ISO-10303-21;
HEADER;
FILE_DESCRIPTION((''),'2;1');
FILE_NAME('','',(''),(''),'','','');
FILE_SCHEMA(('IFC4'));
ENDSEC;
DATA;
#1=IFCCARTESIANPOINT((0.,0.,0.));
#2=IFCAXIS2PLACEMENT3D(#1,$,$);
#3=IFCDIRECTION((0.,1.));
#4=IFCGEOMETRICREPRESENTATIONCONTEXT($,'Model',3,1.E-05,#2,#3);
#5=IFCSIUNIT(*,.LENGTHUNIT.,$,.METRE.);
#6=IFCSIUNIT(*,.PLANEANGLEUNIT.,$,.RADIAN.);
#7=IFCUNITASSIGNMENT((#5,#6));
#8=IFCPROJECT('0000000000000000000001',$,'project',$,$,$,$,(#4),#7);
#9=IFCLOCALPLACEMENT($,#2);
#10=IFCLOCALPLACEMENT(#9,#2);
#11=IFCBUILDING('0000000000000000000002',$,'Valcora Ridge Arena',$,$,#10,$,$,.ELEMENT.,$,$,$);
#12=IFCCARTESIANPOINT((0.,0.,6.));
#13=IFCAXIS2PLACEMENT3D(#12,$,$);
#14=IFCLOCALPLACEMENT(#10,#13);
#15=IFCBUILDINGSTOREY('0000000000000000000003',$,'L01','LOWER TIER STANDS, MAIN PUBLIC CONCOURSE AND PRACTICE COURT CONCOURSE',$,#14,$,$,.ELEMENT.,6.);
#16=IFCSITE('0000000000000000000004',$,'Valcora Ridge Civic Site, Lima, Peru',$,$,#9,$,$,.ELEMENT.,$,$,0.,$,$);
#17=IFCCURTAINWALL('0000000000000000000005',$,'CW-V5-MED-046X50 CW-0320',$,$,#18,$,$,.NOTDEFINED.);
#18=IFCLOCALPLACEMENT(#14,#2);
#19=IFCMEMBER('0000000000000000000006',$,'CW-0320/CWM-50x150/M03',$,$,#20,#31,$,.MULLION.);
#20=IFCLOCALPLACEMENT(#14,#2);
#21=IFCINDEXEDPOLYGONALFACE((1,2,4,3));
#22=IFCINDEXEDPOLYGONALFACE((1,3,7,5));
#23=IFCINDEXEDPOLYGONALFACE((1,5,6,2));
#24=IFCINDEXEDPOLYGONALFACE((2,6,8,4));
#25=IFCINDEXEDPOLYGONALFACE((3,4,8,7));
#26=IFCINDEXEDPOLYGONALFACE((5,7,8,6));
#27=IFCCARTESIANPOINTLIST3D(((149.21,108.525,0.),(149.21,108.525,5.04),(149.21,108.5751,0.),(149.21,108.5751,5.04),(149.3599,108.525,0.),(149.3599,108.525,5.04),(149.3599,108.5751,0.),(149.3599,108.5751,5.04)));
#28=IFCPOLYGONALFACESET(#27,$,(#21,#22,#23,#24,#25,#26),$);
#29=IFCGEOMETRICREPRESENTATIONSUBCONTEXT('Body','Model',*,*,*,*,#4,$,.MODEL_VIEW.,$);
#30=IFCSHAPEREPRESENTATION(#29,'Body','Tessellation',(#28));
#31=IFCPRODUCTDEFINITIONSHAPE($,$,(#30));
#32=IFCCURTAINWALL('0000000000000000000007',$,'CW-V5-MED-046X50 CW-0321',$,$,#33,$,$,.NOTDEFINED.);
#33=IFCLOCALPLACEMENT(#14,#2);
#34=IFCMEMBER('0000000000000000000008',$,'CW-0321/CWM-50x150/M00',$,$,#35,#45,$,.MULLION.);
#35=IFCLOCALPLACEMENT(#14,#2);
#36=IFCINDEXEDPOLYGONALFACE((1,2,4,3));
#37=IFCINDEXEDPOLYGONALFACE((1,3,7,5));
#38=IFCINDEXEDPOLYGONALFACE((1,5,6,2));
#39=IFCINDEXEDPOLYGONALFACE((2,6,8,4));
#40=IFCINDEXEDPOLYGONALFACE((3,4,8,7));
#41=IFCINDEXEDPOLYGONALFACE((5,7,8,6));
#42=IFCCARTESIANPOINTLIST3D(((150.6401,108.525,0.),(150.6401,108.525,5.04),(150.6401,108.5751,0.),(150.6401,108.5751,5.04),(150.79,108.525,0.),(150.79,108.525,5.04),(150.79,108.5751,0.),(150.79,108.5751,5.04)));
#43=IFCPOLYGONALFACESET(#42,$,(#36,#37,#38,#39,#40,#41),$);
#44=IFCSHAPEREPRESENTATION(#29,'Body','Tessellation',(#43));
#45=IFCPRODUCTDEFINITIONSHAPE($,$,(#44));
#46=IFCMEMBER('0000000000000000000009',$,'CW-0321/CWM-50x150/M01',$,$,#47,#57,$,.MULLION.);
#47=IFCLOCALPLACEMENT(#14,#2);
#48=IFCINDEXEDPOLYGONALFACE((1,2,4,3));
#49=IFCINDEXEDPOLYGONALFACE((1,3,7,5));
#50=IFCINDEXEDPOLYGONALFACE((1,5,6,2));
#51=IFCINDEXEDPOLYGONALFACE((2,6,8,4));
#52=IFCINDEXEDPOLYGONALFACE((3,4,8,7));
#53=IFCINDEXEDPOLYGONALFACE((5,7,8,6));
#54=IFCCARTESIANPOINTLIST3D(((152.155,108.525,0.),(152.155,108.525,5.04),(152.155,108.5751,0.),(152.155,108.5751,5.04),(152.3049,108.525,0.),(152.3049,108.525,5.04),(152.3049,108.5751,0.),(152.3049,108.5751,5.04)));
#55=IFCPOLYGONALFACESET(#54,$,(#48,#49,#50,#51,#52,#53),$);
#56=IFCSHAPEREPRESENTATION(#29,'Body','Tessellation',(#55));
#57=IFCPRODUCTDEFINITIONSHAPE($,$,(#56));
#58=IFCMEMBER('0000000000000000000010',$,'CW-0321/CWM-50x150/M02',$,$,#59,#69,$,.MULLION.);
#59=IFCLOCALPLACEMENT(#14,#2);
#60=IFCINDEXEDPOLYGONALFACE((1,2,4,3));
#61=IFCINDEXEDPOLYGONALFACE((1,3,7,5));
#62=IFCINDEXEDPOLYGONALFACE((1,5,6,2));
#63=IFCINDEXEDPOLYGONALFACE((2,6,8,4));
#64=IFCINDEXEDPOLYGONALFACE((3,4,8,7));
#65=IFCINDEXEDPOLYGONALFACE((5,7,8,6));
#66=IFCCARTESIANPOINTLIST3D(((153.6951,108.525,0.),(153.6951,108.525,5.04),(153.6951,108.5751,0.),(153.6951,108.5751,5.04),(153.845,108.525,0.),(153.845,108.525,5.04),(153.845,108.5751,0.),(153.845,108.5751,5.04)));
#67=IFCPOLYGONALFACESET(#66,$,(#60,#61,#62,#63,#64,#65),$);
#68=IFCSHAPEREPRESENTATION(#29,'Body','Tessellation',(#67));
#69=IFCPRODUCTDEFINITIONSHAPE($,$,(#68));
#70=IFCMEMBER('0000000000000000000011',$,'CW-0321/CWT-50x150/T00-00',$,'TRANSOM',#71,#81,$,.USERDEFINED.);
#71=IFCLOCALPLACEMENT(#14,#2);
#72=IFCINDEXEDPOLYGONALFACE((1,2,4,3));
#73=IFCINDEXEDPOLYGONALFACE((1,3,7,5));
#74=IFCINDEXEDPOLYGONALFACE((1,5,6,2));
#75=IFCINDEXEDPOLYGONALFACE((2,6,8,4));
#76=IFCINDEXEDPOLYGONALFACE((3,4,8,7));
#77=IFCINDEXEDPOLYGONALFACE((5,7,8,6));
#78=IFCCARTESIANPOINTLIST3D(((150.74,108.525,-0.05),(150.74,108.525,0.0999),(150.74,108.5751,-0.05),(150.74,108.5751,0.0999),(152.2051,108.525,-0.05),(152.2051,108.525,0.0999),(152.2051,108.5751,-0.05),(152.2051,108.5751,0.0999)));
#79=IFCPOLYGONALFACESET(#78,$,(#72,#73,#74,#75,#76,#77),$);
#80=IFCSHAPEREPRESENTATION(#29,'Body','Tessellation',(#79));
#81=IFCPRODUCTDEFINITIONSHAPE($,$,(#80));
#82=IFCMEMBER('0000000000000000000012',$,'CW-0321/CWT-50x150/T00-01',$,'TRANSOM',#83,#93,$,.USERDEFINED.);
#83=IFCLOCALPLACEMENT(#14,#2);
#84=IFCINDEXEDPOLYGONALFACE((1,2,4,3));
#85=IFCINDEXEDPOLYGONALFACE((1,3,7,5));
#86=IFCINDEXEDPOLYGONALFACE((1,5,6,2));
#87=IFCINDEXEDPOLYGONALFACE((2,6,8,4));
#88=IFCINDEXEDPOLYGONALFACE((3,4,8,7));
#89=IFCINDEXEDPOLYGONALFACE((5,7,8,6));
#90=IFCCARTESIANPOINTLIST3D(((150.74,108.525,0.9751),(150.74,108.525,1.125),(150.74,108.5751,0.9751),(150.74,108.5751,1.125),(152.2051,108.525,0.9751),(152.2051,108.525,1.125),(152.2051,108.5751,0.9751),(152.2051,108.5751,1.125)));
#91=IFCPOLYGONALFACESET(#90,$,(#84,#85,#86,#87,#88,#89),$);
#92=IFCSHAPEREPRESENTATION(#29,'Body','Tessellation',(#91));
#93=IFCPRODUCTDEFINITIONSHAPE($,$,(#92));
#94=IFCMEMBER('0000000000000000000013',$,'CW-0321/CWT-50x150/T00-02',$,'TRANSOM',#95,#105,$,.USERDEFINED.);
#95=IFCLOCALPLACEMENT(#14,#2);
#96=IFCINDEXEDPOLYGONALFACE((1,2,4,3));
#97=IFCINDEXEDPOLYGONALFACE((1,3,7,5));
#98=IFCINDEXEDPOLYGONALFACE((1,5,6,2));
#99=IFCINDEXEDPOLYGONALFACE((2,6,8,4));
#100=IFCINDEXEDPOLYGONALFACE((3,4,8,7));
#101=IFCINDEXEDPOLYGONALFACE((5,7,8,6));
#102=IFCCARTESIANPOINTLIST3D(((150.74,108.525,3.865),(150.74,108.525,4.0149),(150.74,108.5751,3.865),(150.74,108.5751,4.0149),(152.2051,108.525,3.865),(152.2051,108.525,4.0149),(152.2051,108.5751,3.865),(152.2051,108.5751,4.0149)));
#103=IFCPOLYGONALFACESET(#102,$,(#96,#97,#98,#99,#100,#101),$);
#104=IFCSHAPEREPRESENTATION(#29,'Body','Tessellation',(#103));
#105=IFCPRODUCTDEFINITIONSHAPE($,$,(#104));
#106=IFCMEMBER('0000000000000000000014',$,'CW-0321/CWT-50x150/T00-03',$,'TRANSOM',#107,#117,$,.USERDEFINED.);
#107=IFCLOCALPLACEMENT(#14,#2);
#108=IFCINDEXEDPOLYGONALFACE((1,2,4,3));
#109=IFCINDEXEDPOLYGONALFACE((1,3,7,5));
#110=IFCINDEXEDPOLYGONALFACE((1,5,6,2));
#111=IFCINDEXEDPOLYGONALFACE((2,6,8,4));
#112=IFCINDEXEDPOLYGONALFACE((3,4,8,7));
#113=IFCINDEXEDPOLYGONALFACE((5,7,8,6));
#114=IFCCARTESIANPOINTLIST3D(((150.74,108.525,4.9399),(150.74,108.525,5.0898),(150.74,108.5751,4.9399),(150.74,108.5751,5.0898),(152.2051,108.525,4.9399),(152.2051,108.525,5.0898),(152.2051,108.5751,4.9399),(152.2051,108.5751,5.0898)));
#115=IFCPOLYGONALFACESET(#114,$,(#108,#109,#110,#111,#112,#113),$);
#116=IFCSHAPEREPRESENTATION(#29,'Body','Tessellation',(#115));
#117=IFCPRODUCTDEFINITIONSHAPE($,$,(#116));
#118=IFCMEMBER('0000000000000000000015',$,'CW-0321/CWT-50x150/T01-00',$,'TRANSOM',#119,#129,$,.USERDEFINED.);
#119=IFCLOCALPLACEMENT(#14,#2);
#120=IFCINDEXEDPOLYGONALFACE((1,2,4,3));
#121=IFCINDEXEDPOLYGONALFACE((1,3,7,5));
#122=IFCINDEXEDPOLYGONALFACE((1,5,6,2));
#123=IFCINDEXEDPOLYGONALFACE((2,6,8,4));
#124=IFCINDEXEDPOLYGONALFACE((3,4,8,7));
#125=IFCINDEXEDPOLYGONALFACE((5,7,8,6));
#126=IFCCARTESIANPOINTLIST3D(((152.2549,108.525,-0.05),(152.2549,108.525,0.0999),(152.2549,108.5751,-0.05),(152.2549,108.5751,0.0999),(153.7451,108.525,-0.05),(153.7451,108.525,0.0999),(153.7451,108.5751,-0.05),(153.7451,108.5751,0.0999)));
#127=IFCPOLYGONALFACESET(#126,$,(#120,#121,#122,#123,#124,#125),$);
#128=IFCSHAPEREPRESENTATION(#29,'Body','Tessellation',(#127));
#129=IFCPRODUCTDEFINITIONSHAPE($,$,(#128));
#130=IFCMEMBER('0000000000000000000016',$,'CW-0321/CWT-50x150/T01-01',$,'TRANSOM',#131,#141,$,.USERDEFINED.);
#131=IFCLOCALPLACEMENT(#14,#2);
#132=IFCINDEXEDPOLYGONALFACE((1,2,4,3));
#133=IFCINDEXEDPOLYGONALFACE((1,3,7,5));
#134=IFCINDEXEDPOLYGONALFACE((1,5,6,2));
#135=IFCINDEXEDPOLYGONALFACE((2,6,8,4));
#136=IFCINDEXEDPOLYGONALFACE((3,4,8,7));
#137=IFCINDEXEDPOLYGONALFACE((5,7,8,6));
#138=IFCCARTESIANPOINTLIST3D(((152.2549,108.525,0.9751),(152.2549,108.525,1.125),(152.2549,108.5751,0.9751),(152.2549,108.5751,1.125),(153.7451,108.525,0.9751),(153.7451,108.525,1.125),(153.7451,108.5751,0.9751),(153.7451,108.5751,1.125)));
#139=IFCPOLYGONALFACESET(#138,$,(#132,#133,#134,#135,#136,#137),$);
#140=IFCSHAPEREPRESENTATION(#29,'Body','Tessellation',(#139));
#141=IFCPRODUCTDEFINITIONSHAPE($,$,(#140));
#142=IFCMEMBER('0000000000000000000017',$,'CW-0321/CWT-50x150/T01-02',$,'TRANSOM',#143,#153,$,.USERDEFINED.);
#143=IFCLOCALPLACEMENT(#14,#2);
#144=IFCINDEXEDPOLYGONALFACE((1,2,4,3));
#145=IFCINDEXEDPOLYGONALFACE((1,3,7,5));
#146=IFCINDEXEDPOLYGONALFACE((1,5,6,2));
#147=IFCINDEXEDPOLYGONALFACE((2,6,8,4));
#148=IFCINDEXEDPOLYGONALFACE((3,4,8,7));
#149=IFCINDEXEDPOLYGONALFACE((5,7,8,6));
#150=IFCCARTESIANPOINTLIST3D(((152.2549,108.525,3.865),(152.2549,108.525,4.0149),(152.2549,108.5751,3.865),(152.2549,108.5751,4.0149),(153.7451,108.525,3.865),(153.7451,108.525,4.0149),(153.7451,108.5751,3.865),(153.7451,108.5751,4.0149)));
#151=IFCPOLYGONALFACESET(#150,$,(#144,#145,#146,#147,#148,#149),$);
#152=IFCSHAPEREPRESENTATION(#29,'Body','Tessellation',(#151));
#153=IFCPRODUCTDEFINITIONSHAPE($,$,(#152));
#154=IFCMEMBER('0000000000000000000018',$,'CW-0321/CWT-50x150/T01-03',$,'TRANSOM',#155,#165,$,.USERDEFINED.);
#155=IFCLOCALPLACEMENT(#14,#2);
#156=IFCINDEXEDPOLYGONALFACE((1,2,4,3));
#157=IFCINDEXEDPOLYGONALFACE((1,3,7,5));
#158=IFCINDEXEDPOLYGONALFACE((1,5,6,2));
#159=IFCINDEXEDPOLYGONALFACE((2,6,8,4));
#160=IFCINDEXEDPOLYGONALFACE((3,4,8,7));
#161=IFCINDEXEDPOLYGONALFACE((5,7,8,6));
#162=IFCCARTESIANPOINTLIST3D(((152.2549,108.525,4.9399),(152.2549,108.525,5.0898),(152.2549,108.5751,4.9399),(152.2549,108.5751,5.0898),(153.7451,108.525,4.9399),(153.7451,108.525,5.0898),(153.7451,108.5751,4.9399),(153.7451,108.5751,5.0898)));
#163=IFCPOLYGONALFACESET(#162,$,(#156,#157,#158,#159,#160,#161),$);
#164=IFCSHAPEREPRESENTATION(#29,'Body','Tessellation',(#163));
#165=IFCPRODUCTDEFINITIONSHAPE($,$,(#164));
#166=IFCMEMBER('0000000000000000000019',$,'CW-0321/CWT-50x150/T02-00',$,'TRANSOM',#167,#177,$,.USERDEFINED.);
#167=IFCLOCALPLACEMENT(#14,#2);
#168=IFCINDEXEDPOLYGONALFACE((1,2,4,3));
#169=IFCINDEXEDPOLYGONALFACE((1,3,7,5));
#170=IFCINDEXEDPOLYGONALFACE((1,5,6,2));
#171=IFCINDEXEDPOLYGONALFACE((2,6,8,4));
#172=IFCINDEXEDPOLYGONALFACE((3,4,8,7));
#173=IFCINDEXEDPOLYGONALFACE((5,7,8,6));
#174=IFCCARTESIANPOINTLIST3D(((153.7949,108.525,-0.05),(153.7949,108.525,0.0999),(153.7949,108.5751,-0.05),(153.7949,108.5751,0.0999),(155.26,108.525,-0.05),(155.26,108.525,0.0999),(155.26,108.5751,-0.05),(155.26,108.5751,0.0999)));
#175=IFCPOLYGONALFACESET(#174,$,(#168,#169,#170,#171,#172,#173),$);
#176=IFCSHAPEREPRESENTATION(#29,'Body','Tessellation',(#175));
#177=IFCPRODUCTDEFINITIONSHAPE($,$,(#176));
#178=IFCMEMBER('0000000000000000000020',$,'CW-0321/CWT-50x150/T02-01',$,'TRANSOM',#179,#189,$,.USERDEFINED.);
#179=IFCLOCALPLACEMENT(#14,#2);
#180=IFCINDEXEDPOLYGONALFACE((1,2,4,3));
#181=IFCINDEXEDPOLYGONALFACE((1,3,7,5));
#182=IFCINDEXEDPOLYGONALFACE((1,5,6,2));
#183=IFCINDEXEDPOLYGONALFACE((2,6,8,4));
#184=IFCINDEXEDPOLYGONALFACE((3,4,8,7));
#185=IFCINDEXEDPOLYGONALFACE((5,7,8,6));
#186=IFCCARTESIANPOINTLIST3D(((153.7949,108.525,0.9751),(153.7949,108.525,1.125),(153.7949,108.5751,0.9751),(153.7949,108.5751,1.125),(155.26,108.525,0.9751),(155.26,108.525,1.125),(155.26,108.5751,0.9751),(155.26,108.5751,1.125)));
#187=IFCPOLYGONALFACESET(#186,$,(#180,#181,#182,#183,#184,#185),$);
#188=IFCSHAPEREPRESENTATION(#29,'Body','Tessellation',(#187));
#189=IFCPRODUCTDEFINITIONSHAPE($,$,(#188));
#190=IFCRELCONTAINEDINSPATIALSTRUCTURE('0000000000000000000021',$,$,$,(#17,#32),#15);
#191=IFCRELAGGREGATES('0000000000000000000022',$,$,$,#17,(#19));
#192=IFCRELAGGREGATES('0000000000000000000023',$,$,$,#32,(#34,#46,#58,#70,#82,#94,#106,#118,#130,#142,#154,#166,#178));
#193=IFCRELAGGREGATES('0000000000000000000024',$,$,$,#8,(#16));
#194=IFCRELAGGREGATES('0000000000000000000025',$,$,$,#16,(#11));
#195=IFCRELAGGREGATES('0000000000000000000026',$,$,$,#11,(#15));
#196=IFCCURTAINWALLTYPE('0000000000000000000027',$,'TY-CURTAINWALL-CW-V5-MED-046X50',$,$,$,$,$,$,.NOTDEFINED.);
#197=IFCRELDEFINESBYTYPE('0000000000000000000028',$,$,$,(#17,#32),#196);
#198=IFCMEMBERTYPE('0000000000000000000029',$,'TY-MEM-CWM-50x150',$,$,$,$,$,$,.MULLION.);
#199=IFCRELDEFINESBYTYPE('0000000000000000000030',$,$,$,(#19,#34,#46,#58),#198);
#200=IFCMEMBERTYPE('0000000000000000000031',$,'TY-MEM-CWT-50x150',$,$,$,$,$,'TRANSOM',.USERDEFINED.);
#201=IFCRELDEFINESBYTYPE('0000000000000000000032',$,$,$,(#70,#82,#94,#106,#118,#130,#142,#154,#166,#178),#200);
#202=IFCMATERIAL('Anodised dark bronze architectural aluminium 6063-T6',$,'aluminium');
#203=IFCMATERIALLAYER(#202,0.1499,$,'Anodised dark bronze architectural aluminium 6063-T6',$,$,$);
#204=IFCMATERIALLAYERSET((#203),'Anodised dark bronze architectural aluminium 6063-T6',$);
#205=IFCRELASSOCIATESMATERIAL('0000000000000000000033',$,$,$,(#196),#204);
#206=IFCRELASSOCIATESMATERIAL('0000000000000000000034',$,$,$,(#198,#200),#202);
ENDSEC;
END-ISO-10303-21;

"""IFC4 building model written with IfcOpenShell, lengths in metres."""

from ifc_helpers import new_model, si_unit, direction, frame, origin, origin_2d, place, context, subcontext, project, spatial, rectangle, extrude, material, layer, layer_set, material_profile, profile_set, type_object, element, aggregate, save


model = new_model("IFC4")

# Units and contexts
model_context = context("Model", 3, precision=1e-05, world=origin(), true_north=direction((0.0, 1.0)))
body_context = subcontext(model_context, "Body", "Model", "MODEL_VIEW")
ifc_project = project(units=[si_unit("LENGTHUNIT", "METRE"), si_unit("PLANEANGLEUNIT", "RADIAN")], contexts=[model_context])

# Site, building, storey
site_placement = place(None, origin())
site = spatial("IfcSite", under=ifc_project, at=site_placement, Name="Valcora Ridge Civic Site, Lima, Peru", CompositionType="ELEMENT", RefElevation=0.0)
building_placement = place(site_placement, origin())
building = spatial("IfcBuilding", under=site, at=building_placement, Name="Valcora Ridge Arena", CompositionType="ELEMENT")
storey_placement = place(building_placement, frame((0.0, 0.0, 6.0)))
storey = spatial("IfcBuildingStorey", under=building, at=storey_placement, Name="L01", Description="LOWER TIER STANDS, MAIN PUBLIC CONCOURSE AND PRACTICE COURT CONCOURSE", CompositionType="ELEMENT", Elevation=6.0)

# Curtain wall, member
ifc_material_1 = material(Name="Anodised dark bronze architectural aluminium 6063-T6", Category="aluminium")
ifc_layer_1 = layer(ifc_material_1, 0.1499, Name="Anodised dark bronze architectural aluminium 6063-T6")
ifc_layer_set_1 = layer_set([ifc_layer_1], Name="Anodised dark bronze architectural aluminium 6063-T6")
curtain_wall_type = type_object("IfcCurtainWallType", Name="TY-CURTAINWALL-CW-V5-MED-046X50", PredefinedType="NOTDEFINED", material=ifc_layer_set_1)
curtain_wall_1_placement = place(storey_placement, origin())
curtain_wall_1 = element("IfcCurtainWall", 1, at=curtain_wall_1_placement, inside=storey, type_object=curtain_wall_type, Name="CW-V5-MED-046X50 CW-0320", PredefinedType="NOTDEFINED")
ifc_material_profile_1 = material_profile(ifc_material_1, rectangle(XDim=0.05, YDim=0.1499, at=origin_2d()), Name="ALU MULLION 50x150")
ifc_profile_set_1 = profile_set([ifc_material_profile_1], Name="Anodised dark bronze architectural aluminium 6063-T6")
member_type_1 = type_object("IfcMemberType", Name="TY-MEM-CWM-50x150", PredefinedType="MULLION", material=ifc_profile_set_1)
member_1_placement = place(storey_placement, frame((149.2849, 108.55, 0.0), z_axis=(0.0, 0.0, 1.0), x_axis=(0.0, 1.0, 0.0)))
member_1 = element("IfcMember", 2, at=member_1_placement, type_object=member_type_1, Name="CW-0320/CWM-50x150/M03", PredefinedType="MULLION", context=body_context, shape_type="SweptSolid", body=[
    extrude(rectangle(XDim=0.05, YDim=0.1499, at=origin_2d()), origin(), (0.0, 0.0, 1.0), 5.04),
])

# Curtain wall, members
curtain_wall_2_placement = place(storey_placement, origin())
curtain_wall_2 = element("IfcCurtainWall", 3, at=curtain_wall_2_placement, inside=storey, type_object=curtain_wall_type, Name="CW-V5-MED-046X50 CW-0321", PredefinedType="NOTDEFINED")
member_2_placement = place(storey_placement, frame((150.7151, 108.55, 0.0), z_axis=(0.0, 0.0, 1.0), x_axis=(0.0, 1.0, 0.0)))
member_2 = element("IfcMember", 4, at=member_2_placement, type_object=member_type_1, Name="CW-0321/CWM-50x150/M00", PredefinedType="MULLION", context=body_context, shape_type="SweptSolid", body=[
    extrude(rectangle(XDim=0.05, YDim=0.1499, at=origin_2d()), origin(), (0.0, 0.0, 1.0), 5.04),
])
member_3_placement = place(storey_placement, frame((152.23, 108.55, 0.0), z_axis=(0.0, 0.0, 1.0), x_axis=(0.0, 1.0, 0.0)))
member_3 = element("IfcMember", 5, at=member_3_placement, type_object=member_type_1, Name="CW-0321/CWM-50x150/M01", PredefinedType="MULLION", context=body_context, shape_type="SweptSolid", body=[
    extrude(rectangle(XDim=0.05, YDim=0.1499, at=origin_2d()), origin(), (0.0, 0.0, 1.0), 5.04),
])
member_4_placement = place(storey_placement, frame((153.77, 108.55, 0.0), z_axis=(0.0, 0.0, 1.0), x_axis=(0.0, 1.0, 0.0)))
member_4 = element("IfcMember", 6, at=member_4_placement, type_object=member_type_1, Name="CW-0321/CWM-50x150/M02", PredefinedType="MULLION", context=body_context, shape_type="SweptSolid", body=[
    extrude(rectangle(XDim=0.05, YDim=0.1499, at=origin_2d()), origin(), (0.0, 0.0, 1.0), 5.04),
])
ifc_material_profile_2 = material_profile(ifc_material_1, rectangle(XDim=0.05, YDim=0.1499, at=origin_2d()), Name="ALU TRANSOM 50x150")
ifc_profile_set_2 = profile_set([ifc_material_profile_2], Name="Anodised dark bronze architectural aluminium 6063-T6")
member_type_2 = type_object("IfcMemberType", Name="TY-MEM-CWT-50x150", ElementType="TRANSOM", PredefinedType="USERDEFINED", material=ifc_profile_set_2)
member_5_placement = place(storey_placement, frame((150.74, 108.55, 0.0249), z_axis=(1.0, 0.0, 0.0), x_axis=(0.0, 1.0, 0.0)))
member_5 = element("IfcMember", 7, at=member_5_placement, type_object=member_type_2, Name="CW-0321/CWT-50x150/T00-00", ObjectType="TRANSOM", PredefinedType="USERDEFINED", context=body_context, shape_type="SweptSolid", body=[
    extrude(rectangle(XDim=0.05, YDim=0.1499, at=origin_2d()), origin(), (0.0, 0.0, 1.0), 1.4651),
])
member_6_placement = place(storey_placement, frame((150.74, 108.55, 1.05), z_axis=(1.0, 0.0, 0.0), x_axis=(0.0, 1.0, 0.0)))
member_6 = element("IfcMember", 8, at=member_6_placement, type_object=member_type_2, Name="CW-0321/CWT-50x150/T00-01", ObjectType="TRANSOM", PredefinedType="USERDEFINED", context=body_context, shape_type="SweptSolid", body=[
    extrude(rectangle(XDim=0.05, YDim=0.1499, at=origin_2d()), origin(), (0.0, 0.0, 1.0), 1.4651),
])
member_7_placement = place(storey_placement, frame((150.74, 108.55, 3.9399), z_axis=(1.0, 0.0, 0.0), x_axis=(0.0, 1.0, 0.0)))
member_7 = element("IfcMember", 9, at=member_7_placement, type_object=member_type_2, Name="CW-0321/CWT-50x150/T00-02", ObjectType="TRANSOM", PredefinedType="USERDEFINED", context=body_context, shape_type="SweptSolid", body=[
    extrude(rectangle(XDim=0.05, YDim=0.1499, at=origin_2d()), origin(), (0.0, 0.0, 1.0), 1.4651),
])
member_8_placement = place(storey_placement, frame((150.74, 108.55, 5.0149), z_axis=(1.0, 0.0, 0.0), x_axis=(0.0, 1.0, 0.0)))
member_8 = element("IfcMember", 10, at=member_8_placement, type_object=member_type_2, Name="CW-0321/CWT-50x150/T00-03", ObjectType="TRANSOM", PredefinedType="USERDEFINED", context=body_context, shape_type="SweptSolid", body=[
    extrude(rectangle(XDim=0.05, YDim=0.1499, at=origin_2d()), origin(), (0.0, 0.0, 1.0), 1.4651),
])
member_9_placement = place(storey_placement, frame((152.2549, 108.55, 0.0249), z_axis=(1.0, 0.0, 0.0), x_axis=(0.0, 1.0, 0.0)))
member_9 = element("IfcMember", 11, at=member_9_placement, type_object=member_type_2, Name="CW-0321/CWT-50x150/T01-00", ObjectType="TRANSOM", PredefinedType="USERDEFINED", context=body_context, shape_type="SweptSolid", body=[
    extrude(rectangle(XDim=0.05, YDim=0.1499, at=origin_2d()), origin(), (0.0, 0.0, 1.0), 1.4902),
])
member_10_placement = place(storey_placement, frame((152.2549, 108.55, 1.05), z_axis=(1.0, 0.0, 0.0), x_axis=(0.0, 1.0, 0.0)))
member_10 = element("IfcMember", 12, at=member_10_placement, type_object=member_type_2, Name="CW-0321/CWT-50x150/T01-01", ObjectType="TRANSOM", PredefinedType="USERDEFINED", context=body_context, shape_type="SweptSolid", body=[
    extrude(rectangle(XDim=0.05, YDim=0.1499, at=origin_2d()), origin(), (0.0, 0.0, 1.0), 1.4902),
])
member_11_placement = place(storey_placement, frame((152.2549, 108.55, 3.9399), z_axis=(1.0, 0.0, 0.0), x_axis=(0.0, 1.0, 0.0)))
member_11 = element("IfcMember", 13, at=member_11_placement, type_object=member_type_2, Name="CW-0321/CWT-50x150/T01-02", ObjectType="TRANSOM", PredefinedType="USERDEFINED", context=body_context, shape_type="SweptSolid", body=[
    extrude(rectangle(XDim=0.05, YDim=0.1499, at=origin_2d()), origin(), (0.0, 0.0, 1.0), 1.4902),
])
member_12_placement = place(storey_placement, frame((152.2549, 108.55, 5.0149), z_axis=(1.0, 0.0, 0.0), x_axis=(0.0, 1.0, 0.0)))
member_12 = element("IfcMember", 14, at=member_12_placement, type_object=member_type_2, Name="CW-0321/CWT-50x150/T01-03", ObjectType="TRANSOM", PredefinedType="USERDEFINED", context=body_context, shape_type="SweptSolid", body=[
    extrude(rectangle(XDim=0.05, YDim=0.1499, at=origin_2d()), origin(), (0.0, 0.0, 1.0), 1.4902),
])
member_13_placement = place(storey_placement, frame((153.7949, 108.55, 0.0249), z_axis=(1.0, 0.0, 0.0), x_axis=(0.0, 1.0, 0.0)))
member_13 = element("IfcMember", 15, at=member_13_placement, type_object=member_type_2, Name="CW-0321/CWT-50x150/T02-00", ObjectType="TRANSOM", PredefinedType="USERDEFINED", context=body_context, shape_type="SweptSolid", body=[
    extrude(rectangle(XDim=0.05, YDim=0.1499, at=origin_2d()), origin(), (0.0, 0.0, 1.0), 1.4651),
])
member_14_placement = place(storey_placement, frame((153.7949, 108.55, 1.05), z_axis=(1.0, 0.0, 0.0), x_axis=(0.0, 1.0, 0.0)))
member_14 = element("IfcMember", 16, at=member_14_placement, type_object=member_type_2, Name="CW-0321/CWT-50x150/T02-01", ObjectType="TRANSOM", PredefinedType="USERDEFINED", context=body_context, shape_type="SweptSolid", body=[
    extrude(rectangle(XDim=0.05, YDim=0.1499, at=origin_2d()), origin(), (0.0, 0.0, 1.0), 1.4651),
])

aggregate(curtain_wall_1, [member_1])
aggregate(curtain_wall_2, [member_2, member_3, member_4, member_5, member_6, member_7, member_8, member_9, member_10, member_11, member_12, member_13, member_14])

save(model, "model.ifc")
